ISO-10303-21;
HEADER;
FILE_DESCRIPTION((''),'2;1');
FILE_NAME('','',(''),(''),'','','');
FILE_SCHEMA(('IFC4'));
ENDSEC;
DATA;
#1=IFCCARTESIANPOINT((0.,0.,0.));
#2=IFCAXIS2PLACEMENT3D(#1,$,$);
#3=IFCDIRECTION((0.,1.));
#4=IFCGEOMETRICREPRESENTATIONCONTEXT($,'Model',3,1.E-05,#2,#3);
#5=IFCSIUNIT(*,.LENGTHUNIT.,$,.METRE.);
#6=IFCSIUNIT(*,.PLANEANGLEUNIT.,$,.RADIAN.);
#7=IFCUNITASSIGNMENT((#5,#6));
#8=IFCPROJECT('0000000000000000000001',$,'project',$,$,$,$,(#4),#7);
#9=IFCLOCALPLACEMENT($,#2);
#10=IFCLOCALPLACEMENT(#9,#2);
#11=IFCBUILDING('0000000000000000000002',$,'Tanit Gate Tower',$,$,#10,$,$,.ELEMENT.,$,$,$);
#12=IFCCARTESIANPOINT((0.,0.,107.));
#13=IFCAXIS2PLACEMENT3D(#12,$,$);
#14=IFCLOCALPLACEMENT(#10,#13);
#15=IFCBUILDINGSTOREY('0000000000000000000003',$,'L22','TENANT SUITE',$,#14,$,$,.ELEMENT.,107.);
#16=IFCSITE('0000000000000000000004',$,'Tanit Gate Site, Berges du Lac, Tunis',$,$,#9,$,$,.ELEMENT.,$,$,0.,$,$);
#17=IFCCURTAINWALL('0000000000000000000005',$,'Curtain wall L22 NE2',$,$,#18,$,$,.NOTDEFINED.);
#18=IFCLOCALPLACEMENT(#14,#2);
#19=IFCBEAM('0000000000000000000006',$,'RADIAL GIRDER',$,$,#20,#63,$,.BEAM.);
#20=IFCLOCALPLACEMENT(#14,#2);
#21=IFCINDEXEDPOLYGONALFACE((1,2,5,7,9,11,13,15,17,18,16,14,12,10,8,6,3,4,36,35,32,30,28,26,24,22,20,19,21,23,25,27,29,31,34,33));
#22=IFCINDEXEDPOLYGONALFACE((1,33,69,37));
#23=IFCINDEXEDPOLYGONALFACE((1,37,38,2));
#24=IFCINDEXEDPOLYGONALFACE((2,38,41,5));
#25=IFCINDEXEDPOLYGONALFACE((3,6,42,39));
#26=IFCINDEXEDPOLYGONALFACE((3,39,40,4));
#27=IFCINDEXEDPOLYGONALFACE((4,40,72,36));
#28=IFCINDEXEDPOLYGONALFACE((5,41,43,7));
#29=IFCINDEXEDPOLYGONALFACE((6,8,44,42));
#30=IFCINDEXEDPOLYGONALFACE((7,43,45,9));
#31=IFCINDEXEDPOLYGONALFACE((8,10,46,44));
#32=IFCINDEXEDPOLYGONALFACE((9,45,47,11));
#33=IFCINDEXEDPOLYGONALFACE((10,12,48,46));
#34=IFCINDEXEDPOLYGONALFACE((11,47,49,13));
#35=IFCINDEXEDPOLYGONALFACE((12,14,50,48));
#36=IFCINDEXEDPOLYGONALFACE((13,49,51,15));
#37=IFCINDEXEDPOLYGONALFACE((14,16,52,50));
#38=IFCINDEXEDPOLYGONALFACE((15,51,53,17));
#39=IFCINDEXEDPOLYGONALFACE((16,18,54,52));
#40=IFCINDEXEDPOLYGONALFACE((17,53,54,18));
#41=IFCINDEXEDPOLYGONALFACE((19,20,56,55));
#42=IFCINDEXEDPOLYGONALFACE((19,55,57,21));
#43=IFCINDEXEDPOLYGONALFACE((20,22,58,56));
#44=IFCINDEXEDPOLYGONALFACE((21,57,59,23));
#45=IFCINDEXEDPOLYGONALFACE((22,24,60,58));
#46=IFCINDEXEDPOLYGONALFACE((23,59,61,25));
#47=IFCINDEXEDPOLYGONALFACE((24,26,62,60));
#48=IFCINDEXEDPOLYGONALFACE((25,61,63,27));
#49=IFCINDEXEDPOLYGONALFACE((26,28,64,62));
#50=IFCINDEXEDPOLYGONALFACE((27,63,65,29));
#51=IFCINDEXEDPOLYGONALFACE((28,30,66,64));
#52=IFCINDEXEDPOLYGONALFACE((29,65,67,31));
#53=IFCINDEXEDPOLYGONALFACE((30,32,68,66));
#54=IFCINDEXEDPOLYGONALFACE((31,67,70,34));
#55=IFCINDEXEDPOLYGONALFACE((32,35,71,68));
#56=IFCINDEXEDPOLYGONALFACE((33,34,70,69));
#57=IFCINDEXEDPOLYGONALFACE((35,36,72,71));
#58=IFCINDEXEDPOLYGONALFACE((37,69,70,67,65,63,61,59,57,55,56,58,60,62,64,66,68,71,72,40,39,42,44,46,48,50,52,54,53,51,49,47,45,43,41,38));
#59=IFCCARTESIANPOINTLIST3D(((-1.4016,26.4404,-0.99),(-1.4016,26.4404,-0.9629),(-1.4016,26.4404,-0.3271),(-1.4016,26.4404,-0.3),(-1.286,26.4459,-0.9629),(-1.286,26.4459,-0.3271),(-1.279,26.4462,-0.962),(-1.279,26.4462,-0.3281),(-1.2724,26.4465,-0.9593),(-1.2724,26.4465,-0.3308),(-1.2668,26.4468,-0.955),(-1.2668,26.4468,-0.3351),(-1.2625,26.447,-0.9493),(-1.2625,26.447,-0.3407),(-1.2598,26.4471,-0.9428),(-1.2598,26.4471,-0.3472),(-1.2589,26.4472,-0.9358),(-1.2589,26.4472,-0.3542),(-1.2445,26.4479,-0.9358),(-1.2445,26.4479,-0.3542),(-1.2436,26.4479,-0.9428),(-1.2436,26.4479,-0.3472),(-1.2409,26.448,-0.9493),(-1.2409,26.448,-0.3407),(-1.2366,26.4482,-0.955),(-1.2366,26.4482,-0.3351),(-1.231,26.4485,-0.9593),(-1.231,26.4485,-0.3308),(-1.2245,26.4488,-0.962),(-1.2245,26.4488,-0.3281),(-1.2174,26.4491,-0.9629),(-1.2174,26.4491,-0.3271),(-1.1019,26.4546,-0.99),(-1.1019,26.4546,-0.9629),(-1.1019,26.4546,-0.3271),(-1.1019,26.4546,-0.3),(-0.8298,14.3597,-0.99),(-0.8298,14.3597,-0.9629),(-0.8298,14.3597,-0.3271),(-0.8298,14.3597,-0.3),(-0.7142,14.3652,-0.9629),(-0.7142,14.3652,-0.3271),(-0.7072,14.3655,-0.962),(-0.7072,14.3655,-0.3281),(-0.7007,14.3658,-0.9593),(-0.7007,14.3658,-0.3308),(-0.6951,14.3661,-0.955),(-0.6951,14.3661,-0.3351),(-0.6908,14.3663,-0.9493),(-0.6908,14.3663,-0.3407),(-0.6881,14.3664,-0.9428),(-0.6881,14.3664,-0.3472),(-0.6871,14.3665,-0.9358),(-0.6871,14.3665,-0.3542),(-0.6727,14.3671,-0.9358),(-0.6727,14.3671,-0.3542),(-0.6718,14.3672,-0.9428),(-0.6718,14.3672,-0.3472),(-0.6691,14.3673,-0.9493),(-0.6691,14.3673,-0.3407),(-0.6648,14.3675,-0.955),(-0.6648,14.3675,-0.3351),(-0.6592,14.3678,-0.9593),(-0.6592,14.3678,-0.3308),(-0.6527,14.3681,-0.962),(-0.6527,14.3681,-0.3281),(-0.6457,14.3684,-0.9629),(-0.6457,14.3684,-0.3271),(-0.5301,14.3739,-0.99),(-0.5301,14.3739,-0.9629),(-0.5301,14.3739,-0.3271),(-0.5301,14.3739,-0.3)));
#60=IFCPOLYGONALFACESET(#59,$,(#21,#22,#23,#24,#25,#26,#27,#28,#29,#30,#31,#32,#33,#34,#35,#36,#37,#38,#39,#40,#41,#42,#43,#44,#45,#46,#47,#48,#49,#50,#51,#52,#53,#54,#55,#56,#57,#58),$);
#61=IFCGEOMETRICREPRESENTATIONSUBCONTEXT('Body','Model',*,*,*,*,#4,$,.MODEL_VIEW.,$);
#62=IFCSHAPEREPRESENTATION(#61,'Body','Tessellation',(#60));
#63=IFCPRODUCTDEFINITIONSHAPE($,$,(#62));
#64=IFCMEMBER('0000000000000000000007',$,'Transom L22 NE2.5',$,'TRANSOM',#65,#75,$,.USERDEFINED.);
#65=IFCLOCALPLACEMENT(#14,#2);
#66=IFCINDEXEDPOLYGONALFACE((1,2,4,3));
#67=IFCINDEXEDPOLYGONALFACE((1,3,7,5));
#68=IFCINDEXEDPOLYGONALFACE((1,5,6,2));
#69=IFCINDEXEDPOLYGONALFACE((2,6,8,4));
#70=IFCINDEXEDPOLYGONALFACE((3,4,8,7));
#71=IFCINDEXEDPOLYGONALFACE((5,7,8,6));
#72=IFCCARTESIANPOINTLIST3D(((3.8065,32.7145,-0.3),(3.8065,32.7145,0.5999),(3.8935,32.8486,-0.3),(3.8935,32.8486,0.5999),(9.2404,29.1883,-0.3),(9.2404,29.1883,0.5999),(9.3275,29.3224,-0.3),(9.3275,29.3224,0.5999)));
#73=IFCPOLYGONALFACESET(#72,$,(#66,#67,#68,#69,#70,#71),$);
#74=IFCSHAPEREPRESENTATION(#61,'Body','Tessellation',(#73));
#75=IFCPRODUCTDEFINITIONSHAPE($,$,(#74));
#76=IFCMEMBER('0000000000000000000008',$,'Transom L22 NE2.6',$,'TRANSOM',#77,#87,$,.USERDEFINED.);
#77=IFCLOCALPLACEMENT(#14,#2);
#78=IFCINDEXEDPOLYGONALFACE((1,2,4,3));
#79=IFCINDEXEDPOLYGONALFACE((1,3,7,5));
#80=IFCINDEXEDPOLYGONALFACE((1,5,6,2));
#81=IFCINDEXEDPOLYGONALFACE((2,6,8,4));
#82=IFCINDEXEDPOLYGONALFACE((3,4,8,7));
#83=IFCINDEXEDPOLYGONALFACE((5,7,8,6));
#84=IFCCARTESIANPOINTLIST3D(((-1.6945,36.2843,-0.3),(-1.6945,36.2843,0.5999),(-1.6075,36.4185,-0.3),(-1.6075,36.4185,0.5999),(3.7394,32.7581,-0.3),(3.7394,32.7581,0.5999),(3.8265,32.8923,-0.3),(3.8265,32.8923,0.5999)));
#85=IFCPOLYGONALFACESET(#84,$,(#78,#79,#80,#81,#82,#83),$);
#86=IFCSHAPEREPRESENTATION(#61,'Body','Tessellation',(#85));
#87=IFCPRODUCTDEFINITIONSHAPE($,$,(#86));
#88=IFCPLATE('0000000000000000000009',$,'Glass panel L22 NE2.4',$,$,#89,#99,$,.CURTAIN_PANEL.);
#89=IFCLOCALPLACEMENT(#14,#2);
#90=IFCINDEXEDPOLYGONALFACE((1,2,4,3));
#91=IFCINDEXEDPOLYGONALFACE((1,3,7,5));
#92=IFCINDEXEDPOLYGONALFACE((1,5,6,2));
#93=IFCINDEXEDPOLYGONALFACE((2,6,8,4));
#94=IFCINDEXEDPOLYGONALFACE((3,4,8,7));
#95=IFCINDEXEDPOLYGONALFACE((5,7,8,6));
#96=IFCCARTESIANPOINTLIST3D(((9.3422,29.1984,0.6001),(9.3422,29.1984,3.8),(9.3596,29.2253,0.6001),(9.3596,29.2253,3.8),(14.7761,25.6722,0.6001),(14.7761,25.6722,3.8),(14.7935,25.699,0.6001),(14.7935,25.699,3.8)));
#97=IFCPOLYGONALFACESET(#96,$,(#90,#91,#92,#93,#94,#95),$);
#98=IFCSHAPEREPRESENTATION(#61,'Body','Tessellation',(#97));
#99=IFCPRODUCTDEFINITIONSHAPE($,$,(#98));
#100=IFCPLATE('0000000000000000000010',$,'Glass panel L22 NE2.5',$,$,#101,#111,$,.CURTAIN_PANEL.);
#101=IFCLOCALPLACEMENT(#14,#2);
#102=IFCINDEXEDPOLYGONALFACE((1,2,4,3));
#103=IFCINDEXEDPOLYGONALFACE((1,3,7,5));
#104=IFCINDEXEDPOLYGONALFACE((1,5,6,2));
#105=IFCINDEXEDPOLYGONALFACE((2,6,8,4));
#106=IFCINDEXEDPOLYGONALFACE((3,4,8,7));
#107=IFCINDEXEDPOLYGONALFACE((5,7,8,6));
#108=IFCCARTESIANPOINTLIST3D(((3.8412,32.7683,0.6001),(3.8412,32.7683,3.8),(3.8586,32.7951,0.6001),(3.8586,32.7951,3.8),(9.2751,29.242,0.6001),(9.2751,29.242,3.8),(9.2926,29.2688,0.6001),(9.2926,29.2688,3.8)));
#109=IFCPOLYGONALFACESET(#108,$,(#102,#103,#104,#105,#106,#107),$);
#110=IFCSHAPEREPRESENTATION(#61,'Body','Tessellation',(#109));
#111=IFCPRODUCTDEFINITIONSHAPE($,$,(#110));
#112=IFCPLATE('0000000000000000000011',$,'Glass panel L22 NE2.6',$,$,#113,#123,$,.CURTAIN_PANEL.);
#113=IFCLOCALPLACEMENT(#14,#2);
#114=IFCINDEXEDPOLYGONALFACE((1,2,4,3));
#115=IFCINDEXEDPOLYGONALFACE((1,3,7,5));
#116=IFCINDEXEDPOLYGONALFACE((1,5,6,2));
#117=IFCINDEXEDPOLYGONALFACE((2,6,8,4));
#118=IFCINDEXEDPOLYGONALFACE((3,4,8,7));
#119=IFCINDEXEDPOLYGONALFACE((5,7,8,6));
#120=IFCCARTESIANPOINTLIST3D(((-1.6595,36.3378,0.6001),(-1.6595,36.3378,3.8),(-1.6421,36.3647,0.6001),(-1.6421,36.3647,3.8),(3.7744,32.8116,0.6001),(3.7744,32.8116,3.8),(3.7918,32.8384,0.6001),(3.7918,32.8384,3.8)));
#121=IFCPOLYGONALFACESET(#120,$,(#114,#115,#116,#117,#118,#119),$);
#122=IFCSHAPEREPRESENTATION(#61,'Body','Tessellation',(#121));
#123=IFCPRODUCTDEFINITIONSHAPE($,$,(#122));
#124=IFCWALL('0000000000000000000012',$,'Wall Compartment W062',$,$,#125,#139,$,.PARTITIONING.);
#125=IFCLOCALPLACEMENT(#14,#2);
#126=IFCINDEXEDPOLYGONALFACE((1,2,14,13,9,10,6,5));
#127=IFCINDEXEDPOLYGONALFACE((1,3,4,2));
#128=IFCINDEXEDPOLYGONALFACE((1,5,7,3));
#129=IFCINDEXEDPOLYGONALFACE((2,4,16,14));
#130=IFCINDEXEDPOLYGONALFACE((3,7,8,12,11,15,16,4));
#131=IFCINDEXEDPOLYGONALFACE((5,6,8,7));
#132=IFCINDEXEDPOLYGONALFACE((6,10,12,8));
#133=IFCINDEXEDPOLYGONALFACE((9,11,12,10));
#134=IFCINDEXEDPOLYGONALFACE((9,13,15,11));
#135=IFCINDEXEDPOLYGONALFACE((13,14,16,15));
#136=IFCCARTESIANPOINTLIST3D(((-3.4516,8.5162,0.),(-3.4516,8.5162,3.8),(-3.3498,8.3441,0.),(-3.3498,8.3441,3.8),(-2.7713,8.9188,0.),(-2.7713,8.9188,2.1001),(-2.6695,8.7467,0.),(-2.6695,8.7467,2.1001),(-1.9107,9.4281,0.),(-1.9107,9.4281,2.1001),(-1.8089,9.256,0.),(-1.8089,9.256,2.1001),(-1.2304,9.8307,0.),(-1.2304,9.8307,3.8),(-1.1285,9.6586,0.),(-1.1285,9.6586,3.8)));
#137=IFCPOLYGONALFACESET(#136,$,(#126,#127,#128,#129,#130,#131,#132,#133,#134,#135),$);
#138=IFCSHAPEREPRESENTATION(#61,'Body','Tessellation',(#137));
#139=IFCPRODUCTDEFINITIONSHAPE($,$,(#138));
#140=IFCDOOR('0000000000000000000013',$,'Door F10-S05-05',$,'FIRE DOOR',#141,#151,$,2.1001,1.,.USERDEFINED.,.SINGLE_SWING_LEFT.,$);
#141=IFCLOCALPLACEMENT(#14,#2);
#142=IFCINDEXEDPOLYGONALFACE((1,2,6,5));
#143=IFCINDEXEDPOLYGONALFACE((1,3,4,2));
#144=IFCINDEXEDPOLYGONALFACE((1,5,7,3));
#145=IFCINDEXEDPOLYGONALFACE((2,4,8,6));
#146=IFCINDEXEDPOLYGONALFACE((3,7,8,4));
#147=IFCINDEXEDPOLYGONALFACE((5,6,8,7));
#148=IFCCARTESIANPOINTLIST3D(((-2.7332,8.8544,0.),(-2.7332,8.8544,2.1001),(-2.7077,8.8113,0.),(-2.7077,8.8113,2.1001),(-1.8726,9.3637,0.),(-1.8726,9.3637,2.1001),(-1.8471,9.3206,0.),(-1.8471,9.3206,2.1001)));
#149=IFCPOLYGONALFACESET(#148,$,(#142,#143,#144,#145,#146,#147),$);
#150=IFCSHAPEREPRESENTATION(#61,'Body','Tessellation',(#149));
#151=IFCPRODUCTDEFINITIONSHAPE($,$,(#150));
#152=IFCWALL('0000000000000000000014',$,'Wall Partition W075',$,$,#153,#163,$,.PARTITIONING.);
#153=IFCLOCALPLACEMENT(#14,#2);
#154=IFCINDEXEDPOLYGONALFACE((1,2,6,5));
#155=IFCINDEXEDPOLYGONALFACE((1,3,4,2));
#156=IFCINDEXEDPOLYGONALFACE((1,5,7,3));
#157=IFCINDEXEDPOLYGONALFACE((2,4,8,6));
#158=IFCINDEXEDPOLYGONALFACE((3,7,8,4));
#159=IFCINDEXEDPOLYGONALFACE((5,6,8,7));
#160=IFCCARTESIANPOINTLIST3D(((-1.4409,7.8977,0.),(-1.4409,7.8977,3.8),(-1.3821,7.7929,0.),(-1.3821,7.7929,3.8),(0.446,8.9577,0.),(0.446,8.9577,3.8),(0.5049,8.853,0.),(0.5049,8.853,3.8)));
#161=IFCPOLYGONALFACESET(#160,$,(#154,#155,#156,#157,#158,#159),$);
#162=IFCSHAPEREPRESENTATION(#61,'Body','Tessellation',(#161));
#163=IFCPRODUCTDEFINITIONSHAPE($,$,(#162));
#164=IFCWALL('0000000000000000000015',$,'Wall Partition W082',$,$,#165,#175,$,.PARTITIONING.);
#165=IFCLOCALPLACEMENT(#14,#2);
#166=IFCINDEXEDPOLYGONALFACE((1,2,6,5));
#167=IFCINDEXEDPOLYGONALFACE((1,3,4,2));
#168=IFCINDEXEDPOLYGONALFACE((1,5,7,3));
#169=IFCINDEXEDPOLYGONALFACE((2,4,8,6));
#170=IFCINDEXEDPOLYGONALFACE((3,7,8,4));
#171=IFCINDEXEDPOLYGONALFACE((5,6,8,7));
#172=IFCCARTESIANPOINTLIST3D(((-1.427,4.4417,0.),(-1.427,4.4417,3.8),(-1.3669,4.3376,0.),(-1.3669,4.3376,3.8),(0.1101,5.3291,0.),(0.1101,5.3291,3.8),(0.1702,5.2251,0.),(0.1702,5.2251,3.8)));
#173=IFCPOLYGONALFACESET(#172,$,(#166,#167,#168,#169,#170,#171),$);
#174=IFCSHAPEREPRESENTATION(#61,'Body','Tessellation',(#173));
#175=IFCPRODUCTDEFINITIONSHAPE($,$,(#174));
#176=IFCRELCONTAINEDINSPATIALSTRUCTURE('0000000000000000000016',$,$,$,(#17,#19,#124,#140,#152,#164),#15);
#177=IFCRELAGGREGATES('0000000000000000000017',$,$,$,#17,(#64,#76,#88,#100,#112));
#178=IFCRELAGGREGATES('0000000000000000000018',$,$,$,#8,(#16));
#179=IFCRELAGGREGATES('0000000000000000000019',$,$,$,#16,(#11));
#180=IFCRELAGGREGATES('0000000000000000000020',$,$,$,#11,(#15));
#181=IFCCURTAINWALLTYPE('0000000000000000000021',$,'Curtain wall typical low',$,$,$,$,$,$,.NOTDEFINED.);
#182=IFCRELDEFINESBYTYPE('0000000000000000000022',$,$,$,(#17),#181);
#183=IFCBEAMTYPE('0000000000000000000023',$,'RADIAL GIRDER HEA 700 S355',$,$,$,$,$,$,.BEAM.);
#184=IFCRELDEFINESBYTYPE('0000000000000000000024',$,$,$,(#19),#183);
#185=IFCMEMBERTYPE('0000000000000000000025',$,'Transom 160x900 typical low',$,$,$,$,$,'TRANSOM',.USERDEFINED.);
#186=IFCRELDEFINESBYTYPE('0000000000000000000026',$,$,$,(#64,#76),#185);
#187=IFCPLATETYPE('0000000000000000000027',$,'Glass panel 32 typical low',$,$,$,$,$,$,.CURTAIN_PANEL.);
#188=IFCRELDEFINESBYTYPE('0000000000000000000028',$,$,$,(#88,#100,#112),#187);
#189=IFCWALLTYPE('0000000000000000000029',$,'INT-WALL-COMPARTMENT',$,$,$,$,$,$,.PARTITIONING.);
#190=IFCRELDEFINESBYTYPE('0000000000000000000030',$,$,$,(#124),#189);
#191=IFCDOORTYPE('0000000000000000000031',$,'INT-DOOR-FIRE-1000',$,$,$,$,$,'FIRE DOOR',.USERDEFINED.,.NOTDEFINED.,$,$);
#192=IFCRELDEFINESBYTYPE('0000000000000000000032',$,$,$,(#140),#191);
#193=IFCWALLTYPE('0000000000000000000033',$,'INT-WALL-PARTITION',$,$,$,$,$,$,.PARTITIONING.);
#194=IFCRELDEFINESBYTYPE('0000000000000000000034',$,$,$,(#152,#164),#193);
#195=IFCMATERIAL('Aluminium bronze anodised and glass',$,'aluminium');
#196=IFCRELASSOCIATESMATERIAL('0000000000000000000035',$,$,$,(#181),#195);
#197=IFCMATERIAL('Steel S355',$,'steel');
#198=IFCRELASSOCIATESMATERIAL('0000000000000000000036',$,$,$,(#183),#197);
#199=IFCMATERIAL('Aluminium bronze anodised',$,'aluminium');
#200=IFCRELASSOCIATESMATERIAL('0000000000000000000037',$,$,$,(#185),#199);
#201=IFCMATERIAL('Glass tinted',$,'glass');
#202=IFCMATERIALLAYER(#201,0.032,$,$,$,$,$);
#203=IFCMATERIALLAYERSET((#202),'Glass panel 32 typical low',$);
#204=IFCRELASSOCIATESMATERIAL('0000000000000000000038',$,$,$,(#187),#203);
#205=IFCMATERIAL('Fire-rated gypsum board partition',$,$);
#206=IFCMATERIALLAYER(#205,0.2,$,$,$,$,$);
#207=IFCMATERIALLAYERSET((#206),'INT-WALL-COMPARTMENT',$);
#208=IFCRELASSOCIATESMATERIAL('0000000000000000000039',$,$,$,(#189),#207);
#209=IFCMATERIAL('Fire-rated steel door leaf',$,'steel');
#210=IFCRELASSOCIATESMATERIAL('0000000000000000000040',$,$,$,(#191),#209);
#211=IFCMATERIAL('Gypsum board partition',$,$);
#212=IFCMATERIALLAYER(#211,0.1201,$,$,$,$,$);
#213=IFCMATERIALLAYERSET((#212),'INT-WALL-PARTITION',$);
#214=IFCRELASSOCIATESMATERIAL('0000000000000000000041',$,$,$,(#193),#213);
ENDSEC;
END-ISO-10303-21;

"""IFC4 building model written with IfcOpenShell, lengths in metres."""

from ifc_helpers import new_model, si_unit, direction, frame, frame_2d, origin, origin_2d, place, context, subcontext, project, spatial, rectangle, i_section, extrude, material, layer, layer_set, material_profile, profile_set, type_object, element, fill, aggregate, save


model = new_model("IFC4")

# Units and contexts
model_context = context("Model", 3, precision=1e-05, world=origin(), true_north=direction((0.0, 1.0)))
body_context = subcontext(model_context, "Body", "Model", "MODEL_VIEW")
ifc_project = project(units=[si_unit("LENGTHUNIT", "METRE"), si_unit("PLANEANGLEUNIT", "RADIAN")], contexts=[model_context])

# Site, building, storey
site_placement = place(None, origin())
site = spatial("IfcSite", under=ifc_project, at=site_placement, Name="Tanit Gate Site, Berges du Lac, Tunis", CompositionType="ELEMENT", RefElevation=0.0)
building_placement = place(site_placement, origin())
building = spatial("IfcBuilding", under=site, at=building_placement, Name="Tanit Gate Tower", CompositionType="ELEMENT")
storey_placement = place(building_placement, frame((0.0, 0.0, 107.0)))
storey = spatial("IfcBuildingStorey", under=building, at=storey_placement, Name="L22", Description="TENANT SUITE", CompositionType="ELEMENT", Elevation=107.0)

# Curtain wall
ifc_material_1 = material(Name="Aluminium bronze anodised and glass", Category="aluminium")
curtain_wall_type = type_object("IfcCurtainWallType", Name="Curtain wall typical low", PredefinedType="NOTDEFINED", material=ifc_material_1)
curtain_wall_placement = place(storey_placement, origin())
curtain_wall = element("IfcCurtainWall", 1, at=curtain_wall_placement, inside=storey, type_object=curtain_wall_type, Name="Curtain wall L22 NE2", PredefinedType="NOTDEFINED")

# Beam
ifc_material_2 = material(Name="Steel S355", Category="steel")
ifc_material_profile_1 = material_profile(ifc_material_2, i_section(OverallWidth=0.3, OverallDepth=0.6899, WebThickness=0.0144, FlangeThickness=0.0271, FilletRadius=0.0271, at=origin_2d()), Name="HEA 700")
ifc_profile_set_1 = profile_set([ifc_material_profile_1], Name="Steel S355")
beam_type = type_object("IfcBeamType", Name="RADIAL GIRDER HEA 700 S355", PredefinedType="BEAM", material=ifc_profile_set_1)
beam_1_placement = place(storey_placement, frame((-1.2517, 26.4475, -0.645), z_axis=(0.047276, -0.998882, 0.0), x_axis=(0.998882, 0.047276, 0.0)))
element("IfcBeam", 2, at=beam_1_placement, inside=storey, type_object=beam_type, Name="RADIAL GIRDER", PredefinedType="BEAM", context=body_context, shape_type="SweptSolid", body=[
    extrude(i_section(OverallWidth=0.3, OverallDepth=0.6899, WebThickness=0.0144, FlangeThickness=0.0271, FilletRadius=0.0271, at=origin_2d()), origin(), (0.0, 0.0, 1.0), 12.0942),
])

# Members
ifc_material_3 = material(Name="Aluminium bronze anodised", Category="aluminium")
ifc_material_profile_2 = material_profile(ifc_material_3, rectangle(XDim=0.1599, YDim=0.8999, at=origin_2d()), Name="160x900 bronze transom")
ifc_profile_set_2 = profile_set([ifc_material_profile_2], Name="Aluminium bronze anodised")
member_type_1 = type_object("IfcMemberType", Name="Transom 160x900 typical low", ElementType="TRANSOM", PredefinedType="USERDEFINED", material=ifc_profile_set_2)
member_1_placement = place(storey_placement, frame((9.2839, 29.2554, 0.1499), z_axis=(-0.838858, 0.544351, 0.0), x_axis=(-0.544351, -0.838858, 0.0)))
member_1 = element("IfcMember", 3, at=member_1_placement, type_object=member_type_1, Name="Transom L22 NE2.5", ObjectType="TRANSOM", PredefinedType="USERDEFINED", context=body_context, shape_type="SweptSolid", body=[
    extrude(rectangle(XDim=0.1599, YDim=0.8999, at=origin_2d()), origin(), (0.0, 0.0, 1.0), 6.4778),
])
member_2_placement = place(storey_placement, frame((3.783, 32.8252, 0.1499), z_axis=(-0.838858, 0.544351, 0.0), x_axis=(-0.544351, -0.838858, 0.0)))
member_2 = element("IfcMember", 4, at=member_2_placement, type_object=member_type_1, Name="Transom L22 NE2.6", ObjectType="TRANSOM", PredefinedType="USERDEFINED", context=body_context, shape_type="SweptSolid", body=[
    extrude(rectangle(XDim=0.1599, YDim=0.8999, at=origin_2d()), origin(), (0.0, 0.0, 1.0), 6.4778),
])

# Plates
ifc_material_4 = material(Name="Glass tinted", Category="glass")
ifc_layer_1 = layer(ifc_material_4, 0.032)
ifc_layer_set_1 = layer_set([ifc_layer_1], Name="Glass panel 32 typical low")
plate_type = type_object("IfcPlateType", Name="Glass panel 32 typical low", PredefinedType="CURTAIN_PANEL", material=ifc_layer_set_1)
plate_1_placement = place(storey_placement, frame((12.0679, 27.4487, 0.6001), z_axis=(0.0, 0.0, 1.0), x_axis=(-0.838852, 0.544359, 0.0)))
plate_1 = element("IfcPlate", 5, at=plate_1_placement, type_object=plate_type, Name="Glass panel L22 NE2.4", PredefinedType="CURTAIN_PANEL", context=body_context, shape_type="SweptSolid", body=[
    extrude(rectangle(XDim=6.4778, YDim=0.032, at=origin_2d()), origin(), (0.0, 0.0, 1.0), 3.2),
])
plate_2_placement = place(storey_placement, frame((6.5669, 31.0186, 0.6001), z_axis=(0.0, 0.0, 1.0), x_axis=(-0.838852, 0.544359, 0.0)))
plate_2 = element("IfcPlate", 6, at=plate_2_placement, type_object=plate_type, Name="Glass panel L22 NE2.5", PredefinedType="CURTAIN_PANEL", context=body_context, shape_type="SweptSolid", body=[
    extrude(rectangle(XDim=6.4778, YDim=0.032, at=origin_2d()), origin(), (0.0, 0.0, 1.0), 3.2),
])
plate_3_placement = place(storey_placement, frame((1.0662, 34.5881, 0.6001), z_axis=(0.0, 0.0, 1.0), x_axis=(-0.838852, 0.544359, 0.0)))
plate_3 = element("IfcPlate", 7, at=plate_3_placement, type_object=plate_type, Name="Glass panel L22 NE2.6", PredefinedType="CURTAIN_PANEL", context=body_context, shape_type="SweptSolid", body=[
    extrude(rectangle(XDim=6.4778, YDim=0.032, at=origin_2d()), origin(), (0.0, 0.0, 1.0), 3.2),
])
aggregate(curtain_wall, [member_1, member_2, plate_1, plate_2, plate_3])

# Wall, opening, door
ifc_material_5 = material(Name="Fire-rated gypsum board partition")
ifc_layer_2 = layer(ifc_material_5, 0.2)
ifc_layer_set_2 = layer_set([ifc_layer_2], Name="INT-WALL-COMPARTMENT")
wall_type_1 = type_object("IfcWallType", Name="INT-WALL-COMPARTMENT", PredefinedType="PARTITIONING", material=ifc_layer_set_2)
wall_1_placement = place(storey_placement, frame((-1.1794, 9.7446, 0.0), z_axis=(0.0, 0.0, 1.0), x_axis=(-0.860599, -0.509284, 0.0)))
wall_1 = element("IfcWall", 8, at=wall_1_placement, inside=storey, type_object=wall_type_1, Name="Wall Compartment W062", PredefinedType="PARTITIONING", context=body_context, shape_type="SweptSolid", body=[
    extrude(rectangle(XDim=2.5811, YDim=0.2, at=frame_2d((1.2905, 0.0))), origin(), (0.0, 0.0, 1.0), 3.8),
])
opening_placement = place(wall_1_placement, frame((0.7905, 0.0, 0.0)))
opening = element("IfcOpeningElement", 9, at=opening_placement, cuts=wall_1, PredefinedType="OPENING", context=body_context, shape_type="SweptSolid", body=[
    extrude(rectangle(XDim=1.0, YDim=2.1001, at=frame_2d((0.5, 1.05))), frame((0.0, 0.1099, 0.0), z_axis=(0.0, -1.0, 0.0), x_axis=(1.0, 0.0, 0.0)), (0.0, 0.0, 1.0), 0.22),
])
ifc_material_6 = material(Name="Fire-rated steel door leaf", Category="steel")
door_type = type_object("IfcDoorType", Name="INT-DOOR-FIRE-1000", ElementType="FIRE DOOR", OperationType="NOTDEFINED", PredefinedType="USERDEFINED", material=ifc_material_6)
door_placement = place(opening_placement, origin())
door = element("IfcDoor", 10, at=door_placement, inside=storey, type_object=door_type, Name="Door F10-S05-05", ObjectType="FIRE DOOR", OperationType="SINGLE_SWING_LEFT", OverallHeight=2.1001, OverallWidth=1.0, PredefinedType="USERDEFINED", context=body_context, shape_type="SweptSolid", body=[
    extrude(rectangle(XDim=1.0, YDim=2.1001, at=frame_2d((0.5, 1.05))), frame((0.0, 0.0249, 0.0), z_axis=(0.0, -1.0, 0.0), x_axis=(1.0, 0.0, 0.0)), (0.0, 0.0, 1.0), 0.05),
])
fill(opening, door)

# Walls
ifc_material_7 = material(Name="Gypsum board partition")
ifc_layer_3 = layer(ifc_material_7, 0.1201)
ifc_layer_set_3 = layer_set([ifc_layer_3], Name="INT-WALL-PARTITION")
wall_type_2 = type_object("IfcWallType", Name="INT-WALL-PARTITION", PredefinedType="PARTITIONING", material=ifc_layer_set_3)
wall_2_placement = place(storey_placement, frame((0.4753, 8.9053, 0.0), z_axis=(0.0, 0.0, 1.0), x_axis=(-0.871844, -0.489785, 0.0)))
element("IfcWall", 11, at=wall_2_placement, inside=storey, type_object=wall_type_2, Name="Wall Partition W075", PredefinedType="PARTITIONING", context=body_context, shape_type="SweptSolid", body=[
    extrude(rectangle(XDim=2.1643, YDim=0.1201, at=frame_2d((1.082, 0.0))), origin(), (0.0, 0.0, 1.0), 3.8),
])
wall_3_placement = place(storey_placement, frame((0.1401, 5.2771, 0.0), z_axis=(0.0, 0.0, 1.0), x_axis=(-0.866025, -0.5, 0.0)))
element("IfcWall", 12, at=wall_3_placement, inside=storey, type_object=wall_type_2, Name="Wall Partition W082", PredefinedType="PARTITIONING", context=body_context, shape_type="SweptSolid", body=[
    extrude(rectangle(XDim=1.7749, YDim=0.1201, at=frame_2d((0.8875, 0.0))), origin(), (0.0, 0.0, 1.0), 3.8),
])

save(model, "model.ifc")
